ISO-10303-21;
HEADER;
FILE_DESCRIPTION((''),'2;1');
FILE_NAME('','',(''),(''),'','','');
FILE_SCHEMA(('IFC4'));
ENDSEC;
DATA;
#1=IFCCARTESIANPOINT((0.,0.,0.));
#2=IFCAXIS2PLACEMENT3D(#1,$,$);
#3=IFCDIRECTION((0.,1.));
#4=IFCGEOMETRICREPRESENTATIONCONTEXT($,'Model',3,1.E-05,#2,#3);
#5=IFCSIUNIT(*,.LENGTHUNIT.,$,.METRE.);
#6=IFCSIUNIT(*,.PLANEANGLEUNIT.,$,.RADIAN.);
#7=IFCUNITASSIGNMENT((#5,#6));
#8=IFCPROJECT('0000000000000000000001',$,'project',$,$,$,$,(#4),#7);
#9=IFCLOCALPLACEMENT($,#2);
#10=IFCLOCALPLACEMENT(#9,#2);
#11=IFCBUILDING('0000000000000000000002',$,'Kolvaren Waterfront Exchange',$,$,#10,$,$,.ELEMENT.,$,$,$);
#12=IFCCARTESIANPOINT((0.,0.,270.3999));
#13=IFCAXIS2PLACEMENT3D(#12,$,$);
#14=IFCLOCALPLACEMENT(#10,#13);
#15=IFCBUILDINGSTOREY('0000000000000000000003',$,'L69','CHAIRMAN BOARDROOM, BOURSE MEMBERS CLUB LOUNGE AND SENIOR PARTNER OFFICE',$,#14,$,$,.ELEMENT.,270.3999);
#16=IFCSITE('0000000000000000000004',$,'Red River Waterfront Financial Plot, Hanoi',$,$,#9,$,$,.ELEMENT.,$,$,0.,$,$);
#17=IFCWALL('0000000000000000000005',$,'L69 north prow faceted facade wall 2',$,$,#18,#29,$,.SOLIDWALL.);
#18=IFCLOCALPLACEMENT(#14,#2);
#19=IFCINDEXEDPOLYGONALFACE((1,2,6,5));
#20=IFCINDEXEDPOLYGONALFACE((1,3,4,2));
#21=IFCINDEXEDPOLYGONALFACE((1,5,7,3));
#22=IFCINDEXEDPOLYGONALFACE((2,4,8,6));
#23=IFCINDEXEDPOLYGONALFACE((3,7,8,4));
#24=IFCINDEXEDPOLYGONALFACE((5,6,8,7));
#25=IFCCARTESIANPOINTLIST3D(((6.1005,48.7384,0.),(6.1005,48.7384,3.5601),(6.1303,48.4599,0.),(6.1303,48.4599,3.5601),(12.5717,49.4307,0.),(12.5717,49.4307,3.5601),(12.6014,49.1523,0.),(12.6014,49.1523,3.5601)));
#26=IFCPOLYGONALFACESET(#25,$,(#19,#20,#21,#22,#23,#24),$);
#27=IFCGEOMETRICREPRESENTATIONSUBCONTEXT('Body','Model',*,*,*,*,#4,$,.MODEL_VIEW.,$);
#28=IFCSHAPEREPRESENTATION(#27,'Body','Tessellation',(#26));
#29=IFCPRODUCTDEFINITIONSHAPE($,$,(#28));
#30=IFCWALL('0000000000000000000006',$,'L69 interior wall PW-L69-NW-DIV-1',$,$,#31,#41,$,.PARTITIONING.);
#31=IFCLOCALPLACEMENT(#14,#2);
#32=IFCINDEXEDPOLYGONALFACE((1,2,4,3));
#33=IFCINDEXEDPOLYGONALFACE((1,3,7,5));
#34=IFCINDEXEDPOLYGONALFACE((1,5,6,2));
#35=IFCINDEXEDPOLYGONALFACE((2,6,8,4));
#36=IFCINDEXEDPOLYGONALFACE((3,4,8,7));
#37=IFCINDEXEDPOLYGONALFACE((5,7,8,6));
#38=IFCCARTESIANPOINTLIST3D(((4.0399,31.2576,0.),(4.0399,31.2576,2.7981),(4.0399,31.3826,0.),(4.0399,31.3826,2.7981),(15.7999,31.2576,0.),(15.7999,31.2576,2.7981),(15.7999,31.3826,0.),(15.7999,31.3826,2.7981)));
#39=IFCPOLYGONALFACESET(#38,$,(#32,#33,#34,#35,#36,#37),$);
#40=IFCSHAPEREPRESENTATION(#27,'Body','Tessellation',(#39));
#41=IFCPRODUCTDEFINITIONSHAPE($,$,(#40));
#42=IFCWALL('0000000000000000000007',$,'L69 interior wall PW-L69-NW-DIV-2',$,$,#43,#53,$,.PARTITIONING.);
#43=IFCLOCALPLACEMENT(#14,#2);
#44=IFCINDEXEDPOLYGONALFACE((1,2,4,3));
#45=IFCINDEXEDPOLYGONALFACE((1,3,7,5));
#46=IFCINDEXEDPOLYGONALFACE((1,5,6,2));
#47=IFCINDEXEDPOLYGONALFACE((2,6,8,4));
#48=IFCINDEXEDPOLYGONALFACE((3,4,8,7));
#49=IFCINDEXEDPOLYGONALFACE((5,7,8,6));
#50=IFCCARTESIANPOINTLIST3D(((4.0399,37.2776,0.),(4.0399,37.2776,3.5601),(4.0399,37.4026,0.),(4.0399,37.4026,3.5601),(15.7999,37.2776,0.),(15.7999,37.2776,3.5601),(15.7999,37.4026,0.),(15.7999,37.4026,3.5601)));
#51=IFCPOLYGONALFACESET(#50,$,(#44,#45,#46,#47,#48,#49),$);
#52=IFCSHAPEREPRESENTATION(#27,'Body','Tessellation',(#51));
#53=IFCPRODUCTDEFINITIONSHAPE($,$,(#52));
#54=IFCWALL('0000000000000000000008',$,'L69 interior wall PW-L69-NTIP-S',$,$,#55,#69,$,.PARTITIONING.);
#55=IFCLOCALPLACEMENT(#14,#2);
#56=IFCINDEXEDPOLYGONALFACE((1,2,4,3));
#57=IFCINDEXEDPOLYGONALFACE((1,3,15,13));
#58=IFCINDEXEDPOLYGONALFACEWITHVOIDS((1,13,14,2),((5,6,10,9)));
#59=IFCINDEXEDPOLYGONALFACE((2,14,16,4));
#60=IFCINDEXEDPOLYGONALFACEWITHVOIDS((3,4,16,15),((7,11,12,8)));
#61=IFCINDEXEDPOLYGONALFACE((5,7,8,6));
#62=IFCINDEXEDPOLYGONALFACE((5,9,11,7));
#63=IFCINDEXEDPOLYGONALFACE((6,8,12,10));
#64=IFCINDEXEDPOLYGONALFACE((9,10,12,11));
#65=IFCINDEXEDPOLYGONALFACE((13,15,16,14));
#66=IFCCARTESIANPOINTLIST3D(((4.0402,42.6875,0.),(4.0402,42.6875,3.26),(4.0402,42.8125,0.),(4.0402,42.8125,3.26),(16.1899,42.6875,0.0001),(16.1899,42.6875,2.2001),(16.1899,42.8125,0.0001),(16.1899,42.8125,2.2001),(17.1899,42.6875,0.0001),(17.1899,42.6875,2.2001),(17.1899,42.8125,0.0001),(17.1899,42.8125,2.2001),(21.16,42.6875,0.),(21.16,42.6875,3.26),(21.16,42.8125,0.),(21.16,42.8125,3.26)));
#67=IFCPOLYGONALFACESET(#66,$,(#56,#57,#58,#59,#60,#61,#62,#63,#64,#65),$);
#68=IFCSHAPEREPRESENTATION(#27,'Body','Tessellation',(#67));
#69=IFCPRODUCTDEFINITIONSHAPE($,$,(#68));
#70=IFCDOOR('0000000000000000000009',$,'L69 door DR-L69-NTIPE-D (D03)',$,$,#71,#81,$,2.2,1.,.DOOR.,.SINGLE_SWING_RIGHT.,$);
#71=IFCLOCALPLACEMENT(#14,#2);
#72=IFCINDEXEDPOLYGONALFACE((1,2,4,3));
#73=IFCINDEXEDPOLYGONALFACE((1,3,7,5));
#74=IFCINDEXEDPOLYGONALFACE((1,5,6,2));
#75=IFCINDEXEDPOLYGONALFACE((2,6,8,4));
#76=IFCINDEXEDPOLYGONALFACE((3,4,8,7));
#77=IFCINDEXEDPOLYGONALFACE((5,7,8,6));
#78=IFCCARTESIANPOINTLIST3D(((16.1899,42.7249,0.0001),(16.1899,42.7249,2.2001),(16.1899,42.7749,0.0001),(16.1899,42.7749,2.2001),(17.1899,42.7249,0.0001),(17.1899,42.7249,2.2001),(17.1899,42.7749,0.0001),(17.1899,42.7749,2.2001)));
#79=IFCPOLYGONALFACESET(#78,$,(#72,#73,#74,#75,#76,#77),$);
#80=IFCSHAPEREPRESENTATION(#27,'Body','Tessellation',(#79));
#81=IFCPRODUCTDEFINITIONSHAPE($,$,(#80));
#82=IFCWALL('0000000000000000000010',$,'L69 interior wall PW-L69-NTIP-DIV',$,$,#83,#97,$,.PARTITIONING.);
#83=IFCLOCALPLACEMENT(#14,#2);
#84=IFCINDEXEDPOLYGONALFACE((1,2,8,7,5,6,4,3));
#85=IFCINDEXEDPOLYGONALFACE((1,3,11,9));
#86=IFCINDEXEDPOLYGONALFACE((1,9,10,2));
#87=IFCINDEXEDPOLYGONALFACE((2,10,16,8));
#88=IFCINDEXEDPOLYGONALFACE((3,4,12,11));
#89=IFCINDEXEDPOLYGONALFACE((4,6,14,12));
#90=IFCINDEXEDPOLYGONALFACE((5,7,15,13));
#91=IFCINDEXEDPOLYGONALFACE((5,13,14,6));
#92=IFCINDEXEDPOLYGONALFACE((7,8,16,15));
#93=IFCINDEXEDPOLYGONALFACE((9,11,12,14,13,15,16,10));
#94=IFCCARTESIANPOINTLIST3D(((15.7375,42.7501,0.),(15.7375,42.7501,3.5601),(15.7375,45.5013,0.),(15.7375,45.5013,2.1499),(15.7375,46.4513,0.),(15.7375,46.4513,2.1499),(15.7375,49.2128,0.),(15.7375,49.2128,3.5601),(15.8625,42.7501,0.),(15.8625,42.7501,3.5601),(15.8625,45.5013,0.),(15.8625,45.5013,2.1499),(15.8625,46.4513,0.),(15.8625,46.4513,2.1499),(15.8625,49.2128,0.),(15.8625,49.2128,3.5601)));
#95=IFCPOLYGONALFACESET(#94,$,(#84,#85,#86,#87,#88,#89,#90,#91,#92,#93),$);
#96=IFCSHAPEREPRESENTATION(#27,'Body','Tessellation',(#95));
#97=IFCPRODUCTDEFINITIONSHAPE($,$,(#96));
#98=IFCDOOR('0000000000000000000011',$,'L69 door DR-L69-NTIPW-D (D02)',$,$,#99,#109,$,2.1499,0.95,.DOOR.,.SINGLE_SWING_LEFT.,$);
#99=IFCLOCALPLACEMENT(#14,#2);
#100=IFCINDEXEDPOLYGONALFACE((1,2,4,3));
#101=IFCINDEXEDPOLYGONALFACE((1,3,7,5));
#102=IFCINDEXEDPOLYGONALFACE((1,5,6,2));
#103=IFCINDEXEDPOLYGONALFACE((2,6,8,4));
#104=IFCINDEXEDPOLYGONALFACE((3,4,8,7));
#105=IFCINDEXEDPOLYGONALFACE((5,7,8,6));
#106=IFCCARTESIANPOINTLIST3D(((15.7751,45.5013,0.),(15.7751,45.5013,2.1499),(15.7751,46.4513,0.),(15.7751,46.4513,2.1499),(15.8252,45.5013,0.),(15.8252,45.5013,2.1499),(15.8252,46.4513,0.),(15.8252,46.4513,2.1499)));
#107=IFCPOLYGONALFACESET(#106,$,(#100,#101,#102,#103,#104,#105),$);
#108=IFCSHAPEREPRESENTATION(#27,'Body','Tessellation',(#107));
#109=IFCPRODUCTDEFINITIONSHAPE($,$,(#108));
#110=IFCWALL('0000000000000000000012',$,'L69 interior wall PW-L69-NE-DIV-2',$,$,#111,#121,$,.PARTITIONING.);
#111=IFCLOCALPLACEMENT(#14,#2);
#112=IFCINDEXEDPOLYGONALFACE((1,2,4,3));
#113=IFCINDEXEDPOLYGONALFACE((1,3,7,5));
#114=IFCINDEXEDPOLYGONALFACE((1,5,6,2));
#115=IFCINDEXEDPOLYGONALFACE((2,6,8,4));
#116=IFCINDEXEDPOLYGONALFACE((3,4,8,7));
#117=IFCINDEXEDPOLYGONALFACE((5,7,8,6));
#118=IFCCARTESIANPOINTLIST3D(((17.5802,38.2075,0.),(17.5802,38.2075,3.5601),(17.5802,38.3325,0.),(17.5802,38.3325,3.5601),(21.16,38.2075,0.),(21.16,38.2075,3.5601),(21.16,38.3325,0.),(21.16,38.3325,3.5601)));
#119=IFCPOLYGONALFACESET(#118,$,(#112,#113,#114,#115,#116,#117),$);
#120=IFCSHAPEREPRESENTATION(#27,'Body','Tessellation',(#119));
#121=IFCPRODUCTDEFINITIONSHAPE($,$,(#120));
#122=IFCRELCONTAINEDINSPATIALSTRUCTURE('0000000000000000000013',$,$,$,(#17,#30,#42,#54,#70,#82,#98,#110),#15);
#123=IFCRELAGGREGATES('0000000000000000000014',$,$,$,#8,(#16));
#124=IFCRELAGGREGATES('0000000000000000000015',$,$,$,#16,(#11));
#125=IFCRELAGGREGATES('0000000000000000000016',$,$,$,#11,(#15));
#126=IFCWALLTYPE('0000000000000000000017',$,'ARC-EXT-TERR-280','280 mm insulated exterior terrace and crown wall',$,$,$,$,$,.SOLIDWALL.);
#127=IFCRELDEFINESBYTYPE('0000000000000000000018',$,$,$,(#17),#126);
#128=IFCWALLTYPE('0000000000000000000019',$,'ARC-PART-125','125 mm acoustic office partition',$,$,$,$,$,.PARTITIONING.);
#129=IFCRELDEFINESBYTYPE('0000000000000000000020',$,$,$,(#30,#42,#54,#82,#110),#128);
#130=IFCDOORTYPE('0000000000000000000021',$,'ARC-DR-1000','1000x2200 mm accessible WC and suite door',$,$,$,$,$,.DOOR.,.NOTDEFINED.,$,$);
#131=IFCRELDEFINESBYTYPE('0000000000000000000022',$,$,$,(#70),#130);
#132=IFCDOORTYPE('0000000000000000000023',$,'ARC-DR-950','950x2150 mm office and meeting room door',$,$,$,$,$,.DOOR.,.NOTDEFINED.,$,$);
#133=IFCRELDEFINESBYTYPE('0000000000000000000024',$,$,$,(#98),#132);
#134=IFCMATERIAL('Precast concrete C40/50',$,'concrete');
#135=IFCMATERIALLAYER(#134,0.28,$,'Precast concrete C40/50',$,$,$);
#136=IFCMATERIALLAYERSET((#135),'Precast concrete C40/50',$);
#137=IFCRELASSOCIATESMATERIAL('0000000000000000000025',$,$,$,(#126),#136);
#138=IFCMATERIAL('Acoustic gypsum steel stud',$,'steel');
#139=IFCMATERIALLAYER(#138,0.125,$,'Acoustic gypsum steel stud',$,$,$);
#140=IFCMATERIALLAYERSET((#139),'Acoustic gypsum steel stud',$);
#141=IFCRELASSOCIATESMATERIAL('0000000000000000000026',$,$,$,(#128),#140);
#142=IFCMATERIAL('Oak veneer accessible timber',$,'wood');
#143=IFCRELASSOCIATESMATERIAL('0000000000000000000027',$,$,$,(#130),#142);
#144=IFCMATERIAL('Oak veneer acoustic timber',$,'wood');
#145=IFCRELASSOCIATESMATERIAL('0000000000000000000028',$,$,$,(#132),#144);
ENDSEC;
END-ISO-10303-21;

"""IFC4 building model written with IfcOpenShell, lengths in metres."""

from ifc_helpers import new_model, si_unit, direction, frame, frame_2d, origin, place, context, subcontext, project, spatial, rectangle, extrude, material, layer, layer_set, type_object, element, fill, save


model = new_model("IFC4")

# Units and contexts
model_context = context("Model", 3, precision=1e-05, world=origin(), true_north=direction((0.0, 1.0)))
body_context = subcontext(model_context, "Body", "Model", "MODEL_VIEW")
ifc_project = project(units=[si_unit("LENGTHUNIT", "METRE"), si_unit("PLANEANGLEUNIT", "RADIAN")], contexts=[model_context])

# Site, building, storey
site_placement = place(None, origin())
site = spatial("IfcSite", under=ifc_project, at=site_placement, Name="Red River Waterfront Financial Plot, Hanoi", CompositionType="ELEMENT", RefElevation=0.0)
building_placement = place(site_placement, origin())
building = spatial("IfcBuilding", under=site, at=building_placement, Name="Kolvaren Waterfront Exchange", CompositionType="ELEMENT")
storey_placement = place(building_placement, frame((0.0, 0.0, 270.3999)))
storey = spatial("IfcBuildingStorey", under=building, at=storey_placement, Name="L69", Description="CHAIRMAN BOARDROOM, BOURSE MEMBERS CLUB LOUNGE AND SENIOR PARTNER OFFICE", CompositionType="ELEMENT", Elevation=270.3999)

# Walls
ifc_material_1 = material(Name="Precast concrete C40/50", Category="concrete")
ifc_layer_1 = layer(ifc_material_1, 0.28, Name="Precast concrete C40/50")
ifc_layer_set_1 = layer_set([ifc_layer_1], Name="Precast concrete C40/50")
wall_type_1 = type_object("IfcWallType", Name="ARC-EXT-TERR-280", Description="280 mm insulated exterior terrace and crown wall", PredefinedType="SOLIDWALL", material=ifc_layer_set_1)
wall_1_placement = place(storey_placement, frame((12.5864, 49.2915, 0.0), z_axis=(0.0, 0.0, 1.0), x_axis=(-0.994325, -0.106387, 0.0)))
element("IfcWall", 1, at=wall_1_placement, inside=storey, type_object=wall_type_1, Name="L69 north prow faceted facade wall 2", PredefinedType="SOLIDWALL", context=body_context, shape_type="SweptSolid", body=[
    extrude(rectangle(XDim=6.5081, YDim=0.28, at=frame_2d((3.2539, 0.0))), origin(), (0.0, 0.0, 1.0), 3.5601),
])
ifc_material_2 = material(Name="Acoustic gypsum steel stud", Category="steel")
ifc_layer_2 = layer(ifc_material_2, 0.125, Name="Acoustic gypsum steel stud")
ifc_layer_set_2 = layer_set([ifc_layer_2], Name="Acoustic gypsum steel stud")
wall_type_2 = type_object("IfcWallType", Name="ARC-PART-125", Description="125 mm acoustic office partition", PredefinedType="PARTITIONING", material=ifc_layer_set_2)
wall_2_placement = place(storey_placement, frame((4.04, 31.3201, 0.0), z_axis=(0.0, 0.0, 1.0), x_axis=(1.0, 0.0, 0.0)))
element("IfcWall", 2, at=wall_2_placement, inside=storey, type_object=wall_type_2, Name="L69 interior wall PW-L69-NW-DIV-1", PredefinedType="PARTITIONING", context=body_context, shape_type="SweptSolid", body=[
    extrude(rectangle(XDim=11.76, YDim=0.125, at=frame_2d((5.8799, 0.0))), origin(), (0.0, 0.0, 1.0), 2.7981),
])
wall_3_placement = place(storey_placement, frame((4.04, 37.3401, 0.0), z_axis=(0.0, 0.0, 1.0), x_axis=(1.0, 0.0, 0.0)))
element("IfcWall", 3, at=wall_3_placement, inside=storey, type_object=wall_type_2, Name="L69 interior wall PW-L69-NW-DIV-2", PredefinedType="PARTITIONING", context=body_context, shape_type="SweptSolid", body=[
    extrude(rectangle(XDim=11.76, YDim=0.125, at=frame_2d((5.8799, 0.0))), origin(), (0.0, 0.0, 1.0), 3.5601),
])

# Walls, openings, doors
wall_4_placement = place(storey_placement, frame((4.04, 42.75, 0.0), z_axis=(0.0, 0.0, 1.0), x_axis=(1.0, 0.0, 0.0)))
wall_4 = element("IfcWall", 4, at=wall_4_placement, inside=storey, type_object=wall_type_2, Name="L69 interior wall PW-L69-NTIP-S", PredefinedType="PARTITIONING", context=body_context, shape_type="SweptSolid", body=[
    extrude(rectangle(XDim=17.1199, YDim=0.125, at=frame_2d((8.5601, 0.0))), origin(), (0.0, 0.0, 1.0), 3.26),
])
opening_1_placement = place(wall_4_placement, frame((12.1499, 0.0, 0.0)))
opening_1 = element("IfcOpeningElement", 5, at=opening_1_placement, cuts=wall_4, PredefinedType="OPENING", context=body_context, shape_type="SweptSolid", body=[
    extrude(rectangle(XDim=1.0, YDim=2.2, at=frame_2d((0.5, 1.1001))), frame((0.0, 0.0725, 0.0), z_axis=(0.0, -1.0, 0.0), x_axis=(1.0, 0.0, 0.0)), (0.0, 0.0, 1.0), 0.145),
])
ifc_material_3 = material(Name="Oak veneer accessible timber", Category="wood")
door_type_1 = type_object("IfcDoorType", Name="ARC-DR-1000", Description="1000x2200 mm accessible WC and suite door", OperationType="NOTDEFINED", PredefinedType="DOOR", material=ifc_material_3)
door_1_placement = place(opening_1_placement, origin())
door_1 = element("IfcDoor", 6, at=door_1_placement, inside=storey, type_object=door_type_1, Name="L69 door DR-L69-NTIPE-D (D03)", OperationType="SINGLE_SWING_RIGHT", OverallHeight=2.2, OverallWidth=1.0, PredefinedType="DOOR", context=body_context, shape_type="SweptSolid", body=[
    extrude(rectangle(XDim=1.0, YDim=2.2, at=frame_2d((0.5, 1.1001))), frame((0.0, 0.0249, 0.0), z_axis=(0.0, -1.0, 0.0), x_axis=(1.0, 0.0, 0.0)), (0.0, 0.0, 1.0), 0.05),
])
fill(opening_1, door_1)
wall_5_placement = place(storey_placement, frame((15.8, 42.75, 0.0), z_axis=(0.0, 0.0, 1.0), x_axis=(0.0, 1.0, 0.0)))
wall_5 = element("IfcWall", 7, at=wall_5_placement, inside=storey, type_object=wall_type_2, Name="L69 interior wall PW-L69-NTIP-DIV", PredefinedType="PARTITIONING", context=body_context, shape_type="SweptSolid", body=[
    extrude(rectangle(XDim=6.4626, YDim=0.125, at=frame_2d((3.2314, 0.0))), origin(), (0.0, 0.0, 1.0), 3.5601),
])
opening_2_placement = place(wall_5_placement, frame((2.7512, 0.0, 0.0)))
opening_2 = element("IfcOpeningElement", 8, at=opening_2_placement, cuts=wall_5, PredefinedType="OPENING", context=body_context, shape_type="SweptSolid", body=[
    extrude(rectangle(XDim=0.95, YDim=2.1499, at=frame_2d((0.4751, 1.075))), frame((0.0, 0.0725, 0.0), z_axis=(0.0, -1.0, 0.0), x_axis=(1.0, 0.0, 0.0)), (0.0, 0.0, 1.0), 0.145),
])
ifc_material_4 = material(Name="Oak veneer acoustic timber", Category="wood")
door_type_2 = type_object("IfcDoorType", Name="ARC-DR-950", Description="950x2150 mm office and meeting room door", OperationType="NOTDEFINED", PredefinedType="DOOR", material=ifc_material_4)
door_2_placement = place(opening_2_placement, origin())
door_2 = element("IfcDoor", 9, at=door_2_placement, inside=storey, type_object=door_type_2, Name="L69 door DR-L69-NTIPW-D (D02)", OperationType="SINGLE_SWING_LEFT", OverallHeight=2.1499, OverallWidth=0.95, PredefinedType="DOOR", context=body_context, shape_type="SweptSolid", body=[
    extrude(rectangle(XDim=0.95, YDim=2.1499, at=frame_2d((0.4751, 1.075))), frame((0.0, 0.0249, 0.0), z_axis=(0.0, -1.0, 0.0), x_axis=(1.0, 0.0, 0.0)), (0.0, 0.0, 1.0), 0.05),
])
fill(opening_2, door_2)

# Wall
wall_6_placement = place(storey_placement, frame((17.5801, 38.27, 0.0), z_axis=(0.0, 0.0, 1.0), x_axis=(1.0, 0.0, 0.0)))
element("IfcWall", 10, at=wall_6_placement, inside=storey, type_object=wall_type_2, Name="L69 interior wall PW-L69-NE-DIV-2", PredefinedType="PARTITIONING", context=body_context, shape_type="SweptSolid", body=[
    extrude(rectangle(XDim=3.5798, YDim=0.125, at=frame_2d((1.79, 0.0))), origin(), (0.0, 0.0, 1.0), 3.5601),
])

save(model, "model.ifc")
